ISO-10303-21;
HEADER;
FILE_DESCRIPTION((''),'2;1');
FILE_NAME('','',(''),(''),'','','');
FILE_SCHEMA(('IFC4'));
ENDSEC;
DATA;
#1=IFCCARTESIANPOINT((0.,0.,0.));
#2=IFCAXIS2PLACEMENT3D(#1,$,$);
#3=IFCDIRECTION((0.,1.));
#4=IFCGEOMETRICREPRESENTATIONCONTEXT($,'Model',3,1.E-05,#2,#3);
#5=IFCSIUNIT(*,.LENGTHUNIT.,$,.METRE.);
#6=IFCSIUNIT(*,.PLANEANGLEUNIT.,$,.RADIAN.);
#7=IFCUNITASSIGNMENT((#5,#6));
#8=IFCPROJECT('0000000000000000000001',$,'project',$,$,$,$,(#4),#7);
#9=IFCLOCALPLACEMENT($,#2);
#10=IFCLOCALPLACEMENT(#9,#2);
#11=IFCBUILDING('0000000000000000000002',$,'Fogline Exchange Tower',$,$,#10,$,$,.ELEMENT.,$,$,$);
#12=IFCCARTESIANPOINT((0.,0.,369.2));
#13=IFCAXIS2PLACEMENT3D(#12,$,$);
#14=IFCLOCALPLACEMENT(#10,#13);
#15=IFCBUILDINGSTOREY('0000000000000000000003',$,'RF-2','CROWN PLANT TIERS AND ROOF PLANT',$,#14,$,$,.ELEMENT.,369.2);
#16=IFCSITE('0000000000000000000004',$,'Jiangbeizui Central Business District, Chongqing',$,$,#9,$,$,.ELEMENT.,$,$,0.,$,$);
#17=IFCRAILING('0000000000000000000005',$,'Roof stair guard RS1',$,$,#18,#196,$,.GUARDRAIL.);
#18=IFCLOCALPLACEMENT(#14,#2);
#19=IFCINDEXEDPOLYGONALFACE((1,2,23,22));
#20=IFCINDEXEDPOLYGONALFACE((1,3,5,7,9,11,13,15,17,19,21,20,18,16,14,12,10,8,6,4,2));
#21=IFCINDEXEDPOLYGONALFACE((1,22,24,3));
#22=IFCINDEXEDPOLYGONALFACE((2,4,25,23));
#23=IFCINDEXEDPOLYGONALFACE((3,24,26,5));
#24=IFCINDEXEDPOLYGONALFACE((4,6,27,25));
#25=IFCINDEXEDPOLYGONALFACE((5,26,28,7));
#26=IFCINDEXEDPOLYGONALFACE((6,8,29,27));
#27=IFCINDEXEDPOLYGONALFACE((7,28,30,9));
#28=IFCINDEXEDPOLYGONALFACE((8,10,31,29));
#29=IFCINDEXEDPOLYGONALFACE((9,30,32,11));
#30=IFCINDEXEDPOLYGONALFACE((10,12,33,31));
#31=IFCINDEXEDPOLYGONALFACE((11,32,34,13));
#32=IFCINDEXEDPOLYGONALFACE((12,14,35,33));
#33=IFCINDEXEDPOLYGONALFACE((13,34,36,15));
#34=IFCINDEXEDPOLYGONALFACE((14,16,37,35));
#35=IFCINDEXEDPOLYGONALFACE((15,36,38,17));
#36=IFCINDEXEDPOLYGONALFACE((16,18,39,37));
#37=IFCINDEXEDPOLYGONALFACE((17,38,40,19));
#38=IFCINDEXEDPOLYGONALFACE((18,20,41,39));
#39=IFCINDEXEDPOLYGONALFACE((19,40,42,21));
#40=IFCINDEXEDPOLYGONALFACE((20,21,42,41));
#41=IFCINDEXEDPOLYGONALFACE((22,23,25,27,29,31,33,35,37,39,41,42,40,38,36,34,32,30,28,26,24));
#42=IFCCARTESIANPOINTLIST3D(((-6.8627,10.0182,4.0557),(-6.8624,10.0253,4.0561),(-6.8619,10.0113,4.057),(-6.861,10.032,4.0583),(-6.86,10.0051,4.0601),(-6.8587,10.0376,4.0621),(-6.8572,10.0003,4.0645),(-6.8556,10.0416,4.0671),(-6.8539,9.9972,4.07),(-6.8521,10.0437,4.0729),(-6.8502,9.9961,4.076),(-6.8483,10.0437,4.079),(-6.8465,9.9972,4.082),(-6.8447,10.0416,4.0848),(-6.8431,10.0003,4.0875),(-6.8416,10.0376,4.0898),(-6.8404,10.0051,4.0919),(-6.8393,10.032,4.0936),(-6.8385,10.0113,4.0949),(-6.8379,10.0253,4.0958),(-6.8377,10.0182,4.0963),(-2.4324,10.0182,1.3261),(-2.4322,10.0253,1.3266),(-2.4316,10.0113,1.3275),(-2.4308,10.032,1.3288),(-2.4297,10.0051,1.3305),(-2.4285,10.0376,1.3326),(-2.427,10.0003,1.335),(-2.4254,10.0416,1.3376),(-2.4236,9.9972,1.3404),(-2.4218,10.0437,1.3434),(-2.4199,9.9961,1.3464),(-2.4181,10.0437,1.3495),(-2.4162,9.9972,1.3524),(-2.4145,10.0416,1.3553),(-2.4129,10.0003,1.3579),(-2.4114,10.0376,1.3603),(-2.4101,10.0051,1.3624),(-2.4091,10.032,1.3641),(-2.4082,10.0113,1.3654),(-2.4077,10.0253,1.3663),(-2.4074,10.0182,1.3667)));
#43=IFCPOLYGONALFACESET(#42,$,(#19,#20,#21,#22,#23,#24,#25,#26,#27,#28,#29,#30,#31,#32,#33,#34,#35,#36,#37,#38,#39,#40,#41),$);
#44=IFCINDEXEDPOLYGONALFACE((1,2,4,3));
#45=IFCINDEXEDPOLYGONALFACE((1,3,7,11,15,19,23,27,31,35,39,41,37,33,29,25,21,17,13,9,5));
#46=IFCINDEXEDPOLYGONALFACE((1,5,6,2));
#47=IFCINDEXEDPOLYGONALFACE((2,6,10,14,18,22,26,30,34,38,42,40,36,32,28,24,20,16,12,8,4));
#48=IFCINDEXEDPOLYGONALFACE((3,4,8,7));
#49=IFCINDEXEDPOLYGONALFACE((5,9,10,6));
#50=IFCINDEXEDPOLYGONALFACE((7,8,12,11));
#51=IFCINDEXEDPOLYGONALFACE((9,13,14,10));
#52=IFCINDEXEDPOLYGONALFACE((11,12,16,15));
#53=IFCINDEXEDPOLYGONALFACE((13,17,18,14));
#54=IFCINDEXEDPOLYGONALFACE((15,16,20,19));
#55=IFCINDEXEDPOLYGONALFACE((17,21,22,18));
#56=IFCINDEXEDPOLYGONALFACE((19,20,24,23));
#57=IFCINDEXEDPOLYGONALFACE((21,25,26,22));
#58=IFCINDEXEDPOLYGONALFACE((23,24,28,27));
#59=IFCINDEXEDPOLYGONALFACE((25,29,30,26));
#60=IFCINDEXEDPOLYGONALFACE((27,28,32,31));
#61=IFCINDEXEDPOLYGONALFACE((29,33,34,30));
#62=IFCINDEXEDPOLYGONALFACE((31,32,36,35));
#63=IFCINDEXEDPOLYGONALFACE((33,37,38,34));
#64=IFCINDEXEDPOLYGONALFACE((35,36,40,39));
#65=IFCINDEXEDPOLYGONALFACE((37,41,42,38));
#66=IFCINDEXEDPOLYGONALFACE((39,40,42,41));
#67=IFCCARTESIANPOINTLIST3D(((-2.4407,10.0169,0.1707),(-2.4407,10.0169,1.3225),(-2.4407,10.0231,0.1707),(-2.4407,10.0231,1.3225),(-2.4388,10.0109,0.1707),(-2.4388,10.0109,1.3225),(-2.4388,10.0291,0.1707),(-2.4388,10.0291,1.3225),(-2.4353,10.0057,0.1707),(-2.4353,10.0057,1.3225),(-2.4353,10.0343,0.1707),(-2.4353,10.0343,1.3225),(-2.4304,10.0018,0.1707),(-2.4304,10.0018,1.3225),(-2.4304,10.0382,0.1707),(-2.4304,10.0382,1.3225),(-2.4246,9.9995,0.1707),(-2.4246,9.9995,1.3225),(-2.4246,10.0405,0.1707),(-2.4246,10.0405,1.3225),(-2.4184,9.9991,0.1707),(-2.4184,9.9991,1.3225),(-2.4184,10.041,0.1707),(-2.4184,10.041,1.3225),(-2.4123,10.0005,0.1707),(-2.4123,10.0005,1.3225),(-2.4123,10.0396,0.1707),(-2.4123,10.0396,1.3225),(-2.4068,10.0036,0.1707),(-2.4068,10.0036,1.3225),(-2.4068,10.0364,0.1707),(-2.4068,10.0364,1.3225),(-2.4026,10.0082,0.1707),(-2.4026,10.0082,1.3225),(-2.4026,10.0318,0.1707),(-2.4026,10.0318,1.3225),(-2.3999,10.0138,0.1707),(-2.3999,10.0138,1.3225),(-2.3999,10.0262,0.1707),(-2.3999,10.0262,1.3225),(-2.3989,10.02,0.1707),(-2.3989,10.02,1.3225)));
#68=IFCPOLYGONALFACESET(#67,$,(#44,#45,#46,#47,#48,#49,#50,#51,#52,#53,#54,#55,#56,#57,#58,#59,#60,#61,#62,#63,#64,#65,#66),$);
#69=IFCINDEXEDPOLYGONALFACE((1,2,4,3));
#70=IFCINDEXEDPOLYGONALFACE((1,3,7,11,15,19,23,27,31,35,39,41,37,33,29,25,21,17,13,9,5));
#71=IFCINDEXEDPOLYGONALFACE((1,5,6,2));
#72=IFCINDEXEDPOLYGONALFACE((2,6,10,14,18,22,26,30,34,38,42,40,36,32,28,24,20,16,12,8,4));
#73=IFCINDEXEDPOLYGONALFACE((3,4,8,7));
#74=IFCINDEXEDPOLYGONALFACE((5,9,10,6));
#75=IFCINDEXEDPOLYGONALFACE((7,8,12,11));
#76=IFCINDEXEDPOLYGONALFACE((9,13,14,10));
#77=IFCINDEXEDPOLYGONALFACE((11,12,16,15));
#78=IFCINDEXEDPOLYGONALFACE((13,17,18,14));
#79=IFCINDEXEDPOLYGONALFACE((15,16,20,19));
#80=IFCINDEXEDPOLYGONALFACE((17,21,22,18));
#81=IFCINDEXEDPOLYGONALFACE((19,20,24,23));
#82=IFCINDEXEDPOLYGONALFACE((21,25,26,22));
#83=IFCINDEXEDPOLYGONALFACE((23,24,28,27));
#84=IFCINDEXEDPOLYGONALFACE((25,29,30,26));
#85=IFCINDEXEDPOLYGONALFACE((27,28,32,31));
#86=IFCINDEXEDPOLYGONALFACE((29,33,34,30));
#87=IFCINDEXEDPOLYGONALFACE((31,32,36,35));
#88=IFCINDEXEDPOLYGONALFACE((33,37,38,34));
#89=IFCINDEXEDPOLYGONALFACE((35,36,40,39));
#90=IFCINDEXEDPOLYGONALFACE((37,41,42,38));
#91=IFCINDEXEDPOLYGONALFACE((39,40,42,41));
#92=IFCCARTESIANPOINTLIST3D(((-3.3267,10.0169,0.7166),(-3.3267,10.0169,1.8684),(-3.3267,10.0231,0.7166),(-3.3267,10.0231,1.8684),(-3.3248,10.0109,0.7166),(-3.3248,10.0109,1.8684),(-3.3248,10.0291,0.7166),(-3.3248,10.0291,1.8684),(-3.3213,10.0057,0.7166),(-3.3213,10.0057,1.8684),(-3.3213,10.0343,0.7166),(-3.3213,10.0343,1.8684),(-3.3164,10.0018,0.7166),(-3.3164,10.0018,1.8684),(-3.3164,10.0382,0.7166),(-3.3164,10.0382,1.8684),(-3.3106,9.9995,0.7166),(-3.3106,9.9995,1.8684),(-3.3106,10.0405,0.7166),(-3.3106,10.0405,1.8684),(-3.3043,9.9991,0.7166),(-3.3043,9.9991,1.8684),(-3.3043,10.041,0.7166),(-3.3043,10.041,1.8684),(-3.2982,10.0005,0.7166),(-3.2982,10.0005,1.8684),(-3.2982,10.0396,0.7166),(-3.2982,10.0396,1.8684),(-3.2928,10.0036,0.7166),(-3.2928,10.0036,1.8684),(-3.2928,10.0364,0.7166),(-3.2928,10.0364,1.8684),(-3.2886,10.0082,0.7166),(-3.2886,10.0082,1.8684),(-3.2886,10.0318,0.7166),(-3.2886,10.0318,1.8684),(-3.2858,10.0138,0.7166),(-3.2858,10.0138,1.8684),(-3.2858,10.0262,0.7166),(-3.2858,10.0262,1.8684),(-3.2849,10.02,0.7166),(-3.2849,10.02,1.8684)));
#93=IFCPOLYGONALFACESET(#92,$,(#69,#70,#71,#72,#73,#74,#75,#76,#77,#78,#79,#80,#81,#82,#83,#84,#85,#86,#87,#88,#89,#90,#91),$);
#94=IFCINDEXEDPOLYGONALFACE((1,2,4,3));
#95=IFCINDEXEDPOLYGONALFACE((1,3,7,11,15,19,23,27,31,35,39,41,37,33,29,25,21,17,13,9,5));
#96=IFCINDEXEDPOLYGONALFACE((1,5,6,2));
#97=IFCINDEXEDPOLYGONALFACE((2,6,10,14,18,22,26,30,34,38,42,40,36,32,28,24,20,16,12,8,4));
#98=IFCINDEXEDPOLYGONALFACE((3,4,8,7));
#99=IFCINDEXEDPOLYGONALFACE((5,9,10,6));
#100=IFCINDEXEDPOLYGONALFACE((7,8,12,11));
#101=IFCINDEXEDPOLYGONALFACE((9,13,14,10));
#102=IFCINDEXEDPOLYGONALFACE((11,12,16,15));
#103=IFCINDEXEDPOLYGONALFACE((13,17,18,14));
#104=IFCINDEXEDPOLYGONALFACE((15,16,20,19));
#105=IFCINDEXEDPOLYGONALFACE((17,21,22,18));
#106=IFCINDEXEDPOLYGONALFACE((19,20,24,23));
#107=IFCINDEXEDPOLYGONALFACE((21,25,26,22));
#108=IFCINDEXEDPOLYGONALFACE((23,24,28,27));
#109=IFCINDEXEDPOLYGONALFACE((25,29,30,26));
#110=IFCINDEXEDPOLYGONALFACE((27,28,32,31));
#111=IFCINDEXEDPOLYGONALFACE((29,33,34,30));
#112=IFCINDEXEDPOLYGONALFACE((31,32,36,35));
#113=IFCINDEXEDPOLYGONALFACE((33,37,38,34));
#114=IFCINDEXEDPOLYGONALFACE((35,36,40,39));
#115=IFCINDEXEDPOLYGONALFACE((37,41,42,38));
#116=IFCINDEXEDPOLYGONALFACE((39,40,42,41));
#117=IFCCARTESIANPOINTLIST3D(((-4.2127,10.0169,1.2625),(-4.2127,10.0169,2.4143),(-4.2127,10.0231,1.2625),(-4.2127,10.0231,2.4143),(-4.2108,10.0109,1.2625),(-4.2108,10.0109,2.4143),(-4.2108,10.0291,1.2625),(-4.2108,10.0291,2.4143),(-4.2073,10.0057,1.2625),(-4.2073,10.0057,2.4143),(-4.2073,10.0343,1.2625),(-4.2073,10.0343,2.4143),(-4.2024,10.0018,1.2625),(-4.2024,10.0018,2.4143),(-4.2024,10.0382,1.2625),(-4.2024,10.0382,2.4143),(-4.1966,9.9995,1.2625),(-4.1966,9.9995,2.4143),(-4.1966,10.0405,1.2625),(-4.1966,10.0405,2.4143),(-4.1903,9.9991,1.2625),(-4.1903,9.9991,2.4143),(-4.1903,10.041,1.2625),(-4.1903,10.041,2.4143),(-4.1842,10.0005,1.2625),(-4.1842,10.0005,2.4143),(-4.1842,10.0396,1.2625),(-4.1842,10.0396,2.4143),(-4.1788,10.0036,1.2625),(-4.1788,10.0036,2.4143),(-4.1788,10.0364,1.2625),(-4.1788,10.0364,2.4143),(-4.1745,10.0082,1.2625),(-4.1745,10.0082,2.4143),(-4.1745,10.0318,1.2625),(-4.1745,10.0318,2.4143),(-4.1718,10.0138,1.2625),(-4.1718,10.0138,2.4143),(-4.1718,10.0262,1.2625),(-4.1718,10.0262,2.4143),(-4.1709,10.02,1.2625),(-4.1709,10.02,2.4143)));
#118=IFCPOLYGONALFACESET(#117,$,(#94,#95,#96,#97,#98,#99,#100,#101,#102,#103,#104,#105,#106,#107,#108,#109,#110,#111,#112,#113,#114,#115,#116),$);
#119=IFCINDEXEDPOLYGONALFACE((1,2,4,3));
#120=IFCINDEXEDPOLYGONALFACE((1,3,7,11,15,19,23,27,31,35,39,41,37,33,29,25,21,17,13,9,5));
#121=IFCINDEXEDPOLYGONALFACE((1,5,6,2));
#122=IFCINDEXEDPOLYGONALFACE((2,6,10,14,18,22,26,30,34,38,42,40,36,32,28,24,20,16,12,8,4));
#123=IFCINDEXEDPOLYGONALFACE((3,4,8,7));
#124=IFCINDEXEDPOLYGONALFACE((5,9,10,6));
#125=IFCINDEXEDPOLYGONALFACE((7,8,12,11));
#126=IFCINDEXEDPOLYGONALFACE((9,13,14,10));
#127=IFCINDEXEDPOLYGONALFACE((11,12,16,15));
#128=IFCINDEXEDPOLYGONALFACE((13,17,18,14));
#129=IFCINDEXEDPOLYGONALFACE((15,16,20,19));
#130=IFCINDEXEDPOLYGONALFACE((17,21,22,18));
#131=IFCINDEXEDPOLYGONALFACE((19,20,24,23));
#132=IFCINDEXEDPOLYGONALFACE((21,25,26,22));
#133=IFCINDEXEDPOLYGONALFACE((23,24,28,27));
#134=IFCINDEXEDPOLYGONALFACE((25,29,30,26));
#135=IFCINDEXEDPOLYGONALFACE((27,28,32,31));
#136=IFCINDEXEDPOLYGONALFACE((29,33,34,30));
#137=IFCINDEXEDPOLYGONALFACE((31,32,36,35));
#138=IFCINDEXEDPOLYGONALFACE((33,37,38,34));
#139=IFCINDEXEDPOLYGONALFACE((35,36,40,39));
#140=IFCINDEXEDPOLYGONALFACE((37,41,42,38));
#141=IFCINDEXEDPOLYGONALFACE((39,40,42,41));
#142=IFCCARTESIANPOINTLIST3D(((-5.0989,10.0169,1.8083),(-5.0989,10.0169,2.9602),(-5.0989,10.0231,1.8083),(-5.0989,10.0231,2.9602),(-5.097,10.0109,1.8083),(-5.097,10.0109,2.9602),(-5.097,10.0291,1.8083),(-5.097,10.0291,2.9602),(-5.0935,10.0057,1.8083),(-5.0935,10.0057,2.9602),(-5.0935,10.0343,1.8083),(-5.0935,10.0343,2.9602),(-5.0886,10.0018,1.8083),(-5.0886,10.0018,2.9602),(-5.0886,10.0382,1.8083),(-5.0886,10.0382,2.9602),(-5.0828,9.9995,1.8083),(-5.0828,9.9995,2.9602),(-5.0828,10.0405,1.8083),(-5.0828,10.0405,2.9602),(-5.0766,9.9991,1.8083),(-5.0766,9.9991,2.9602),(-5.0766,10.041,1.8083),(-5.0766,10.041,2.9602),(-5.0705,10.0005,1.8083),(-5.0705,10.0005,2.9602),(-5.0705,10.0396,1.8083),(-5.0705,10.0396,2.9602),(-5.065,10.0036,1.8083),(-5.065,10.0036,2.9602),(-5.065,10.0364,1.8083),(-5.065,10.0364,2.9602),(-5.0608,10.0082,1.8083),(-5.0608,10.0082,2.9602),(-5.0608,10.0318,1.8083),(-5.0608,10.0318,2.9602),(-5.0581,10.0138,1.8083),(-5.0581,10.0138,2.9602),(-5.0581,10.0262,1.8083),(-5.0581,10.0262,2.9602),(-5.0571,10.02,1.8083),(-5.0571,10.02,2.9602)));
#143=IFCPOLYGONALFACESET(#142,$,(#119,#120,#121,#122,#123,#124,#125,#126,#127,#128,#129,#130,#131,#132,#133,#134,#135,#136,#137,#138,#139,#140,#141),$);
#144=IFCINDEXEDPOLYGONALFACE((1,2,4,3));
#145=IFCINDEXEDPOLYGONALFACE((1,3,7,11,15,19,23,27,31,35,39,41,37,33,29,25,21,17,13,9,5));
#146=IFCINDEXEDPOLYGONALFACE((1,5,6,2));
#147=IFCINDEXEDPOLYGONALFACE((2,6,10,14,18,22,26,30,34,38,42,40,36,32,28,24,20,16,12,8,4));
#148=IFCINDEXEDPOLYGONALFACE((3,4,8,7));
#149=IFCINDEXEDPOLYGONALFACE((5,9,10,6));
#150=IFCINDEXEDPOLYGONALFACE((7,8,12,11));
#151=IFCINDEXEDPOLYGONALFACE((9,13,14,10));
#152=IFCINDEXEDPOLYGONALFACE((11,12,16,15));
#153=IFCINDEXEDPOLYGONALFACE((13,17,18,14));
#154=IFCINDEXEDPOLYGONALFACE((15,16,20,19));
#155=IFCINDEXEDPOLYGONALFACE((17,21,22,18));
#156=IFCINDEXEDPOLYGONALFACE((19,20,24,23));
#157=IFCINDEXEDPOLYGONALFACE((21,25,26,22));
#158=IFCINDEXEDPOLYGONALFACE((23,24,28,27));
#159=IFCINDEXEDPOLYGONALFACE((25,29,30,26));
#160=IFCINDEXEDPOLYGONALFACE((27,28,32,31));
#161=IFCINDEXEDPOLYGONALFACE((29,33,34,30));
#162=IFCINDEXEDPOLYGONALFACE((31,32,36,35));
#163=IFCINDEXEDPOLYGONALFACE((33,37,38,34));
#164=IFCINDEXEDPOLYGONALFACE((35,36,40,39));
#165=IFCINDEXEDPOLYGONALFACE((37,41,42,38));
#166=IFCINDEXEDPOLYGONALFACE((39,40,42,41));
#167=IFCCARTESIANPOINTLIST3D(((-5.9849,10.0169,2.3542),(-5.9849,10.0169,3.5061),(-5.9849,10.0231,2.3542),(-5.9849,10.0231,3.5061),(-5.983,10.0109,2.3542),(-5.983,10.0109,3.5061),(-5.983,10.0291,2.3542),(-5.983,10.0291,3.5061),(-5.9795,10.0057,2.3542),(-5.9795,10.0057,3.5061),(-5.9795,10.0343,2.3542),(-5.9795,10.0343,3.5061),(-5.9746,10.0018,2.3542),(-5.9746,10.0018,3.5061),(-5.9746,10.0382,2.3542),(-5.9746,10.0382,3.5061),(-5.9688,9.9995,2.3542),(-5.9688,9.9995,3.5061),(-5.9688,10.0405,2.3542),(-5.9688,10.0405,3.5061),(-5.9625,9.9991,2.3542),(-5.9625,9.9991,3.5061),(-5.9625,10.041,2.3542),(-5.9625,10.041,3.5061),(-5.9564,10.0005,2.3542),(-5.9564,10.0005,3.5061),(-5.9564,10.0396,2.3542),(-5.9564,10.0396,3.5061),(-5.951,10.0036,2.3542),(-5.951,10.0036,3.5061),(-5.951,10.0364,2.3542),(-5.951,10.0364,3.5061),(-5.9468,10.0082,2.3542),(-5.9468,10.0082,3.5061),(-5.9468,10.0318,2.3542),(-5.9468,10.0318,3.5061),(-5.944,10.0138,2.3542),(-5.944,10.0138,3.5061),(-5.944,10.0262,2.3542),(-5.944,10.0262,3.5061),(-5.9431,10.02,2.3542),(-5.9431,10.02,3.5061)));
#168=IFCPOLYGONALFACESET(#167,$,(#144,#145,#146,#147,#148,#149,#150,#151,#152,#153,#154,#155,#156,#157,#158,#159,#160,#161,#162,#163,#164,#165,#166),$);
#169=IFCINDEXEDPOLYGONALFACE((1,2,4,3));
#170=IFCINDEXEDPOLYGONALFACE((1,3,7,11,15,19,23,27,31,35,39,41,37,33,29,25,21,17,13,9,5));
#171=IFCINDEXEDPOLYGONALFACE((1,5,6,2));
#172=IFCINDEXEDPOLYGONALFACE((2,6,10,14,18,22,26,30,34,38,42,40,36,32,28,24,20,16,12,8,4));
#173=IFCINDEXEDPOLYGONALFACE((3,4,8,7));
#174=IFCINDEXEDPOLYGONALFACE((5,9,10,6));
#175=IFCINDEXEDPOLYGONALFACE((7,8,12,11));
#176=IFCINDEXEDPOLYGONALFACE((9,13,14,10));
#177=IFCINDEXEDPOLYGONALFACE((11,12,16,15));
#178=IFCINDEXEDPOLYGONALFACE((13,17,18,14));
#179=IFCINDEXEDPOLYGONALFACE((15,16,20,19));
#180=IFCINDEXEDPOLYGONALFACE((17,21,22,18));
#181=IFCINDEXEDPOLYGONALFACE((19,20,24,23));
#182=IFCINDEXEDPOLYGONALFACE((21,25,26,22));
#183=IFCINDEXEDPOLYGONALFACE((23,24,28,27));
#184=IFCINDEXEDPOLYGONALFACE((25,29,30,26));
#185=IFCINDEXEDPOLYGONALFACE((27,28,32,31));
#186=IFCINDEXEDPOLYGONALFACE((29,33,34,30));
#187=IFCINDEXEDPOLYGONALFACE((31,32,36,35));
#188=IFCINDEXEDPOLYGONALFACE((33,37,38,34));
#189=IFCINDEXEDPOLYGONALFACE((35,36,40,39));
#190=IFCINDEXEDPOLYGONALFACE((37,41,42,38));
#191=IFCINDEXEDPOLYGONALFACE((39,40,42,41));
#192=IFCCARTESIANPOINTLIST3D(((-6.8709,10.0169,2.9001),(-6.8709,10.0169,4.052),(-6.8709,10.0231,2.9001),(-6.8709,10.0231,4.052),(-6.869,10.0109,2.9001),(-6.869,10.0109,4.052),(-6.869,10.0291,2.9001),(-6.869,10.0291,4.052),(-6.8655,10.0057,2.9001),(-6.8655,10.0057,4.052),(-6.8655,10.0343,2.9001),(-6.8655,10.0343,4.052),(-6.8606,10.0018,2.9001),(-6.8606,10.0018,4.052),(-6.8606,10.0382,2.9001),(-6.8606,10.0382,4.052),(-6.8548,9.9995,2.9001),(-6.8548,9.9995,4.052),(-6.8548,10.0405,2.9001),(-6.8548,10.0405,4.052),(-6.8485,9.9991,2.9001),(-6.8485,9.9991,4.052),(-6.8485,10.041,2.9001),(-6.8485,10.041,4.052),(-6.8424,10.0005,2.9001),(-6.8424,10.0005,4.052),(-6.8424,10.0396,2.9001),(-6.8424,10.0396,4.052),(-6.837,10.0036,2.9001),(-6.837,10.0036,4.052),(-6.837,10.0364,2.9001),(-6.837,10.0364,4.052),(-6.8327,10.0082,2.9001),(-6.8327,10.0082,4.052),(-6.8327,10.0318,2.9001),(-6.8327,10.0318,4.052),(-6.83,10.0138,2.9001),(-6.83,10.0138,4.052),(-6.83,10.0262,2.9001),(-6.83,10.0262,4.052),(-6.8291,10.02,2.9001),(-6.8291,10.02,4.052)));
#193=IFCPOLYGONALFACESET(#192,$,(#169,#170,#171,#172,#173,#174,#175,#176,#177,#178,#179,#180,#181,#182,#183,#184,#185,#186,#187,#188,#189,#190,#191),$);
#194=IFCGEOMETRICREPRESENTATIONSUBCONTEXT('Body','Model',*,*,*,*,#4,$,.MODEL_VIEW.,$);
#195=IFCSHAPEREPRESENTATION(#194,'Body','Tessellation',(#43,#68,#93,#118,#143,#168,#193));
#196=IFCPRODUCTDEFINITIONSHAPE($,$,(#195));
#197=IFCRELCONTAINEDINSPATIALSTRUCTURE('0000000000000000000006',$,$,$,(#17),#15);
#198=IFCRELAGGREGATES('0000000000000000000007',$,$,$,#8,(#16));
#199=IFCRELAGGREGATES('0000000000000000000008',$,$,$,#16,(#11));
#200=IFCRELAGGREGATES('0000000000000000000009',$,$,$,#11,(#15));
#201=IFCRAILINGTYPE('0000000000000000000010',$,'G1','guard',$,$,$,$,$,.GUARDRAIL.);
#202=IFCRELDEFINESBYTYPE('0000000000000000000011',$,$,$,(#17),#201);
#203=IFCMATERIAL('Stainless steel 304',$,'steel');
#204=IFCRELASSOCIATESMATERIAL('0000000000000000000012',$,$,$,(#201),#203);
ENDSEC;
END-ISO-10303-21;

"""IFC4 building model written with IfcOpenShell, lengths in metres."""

from ifc_helpers import new_model, si_unit, direction, frame, origin, origin_2d, place, context, subcontext, project, spatial, circle, extrude, material, type_object, element, save


model = new_model("IFC4")

# Units and contexts
model_context = context("Model", 3, precision=1e-05, world=origin(), true_north=direction((0.0, 1.0)))
body_context = subcontext(model_context, "Body", "Model", "MODEL_VIEW")
ifc_project = project(units=[si_unit("LENGTHUNIT", "METRE"), si_unit("PLANEANGLEUNIT", "RADIAN")], contexts=[model_context])

# Site, building, storey
site_placement = place(None, origin())
site = spatial("IfcSite", under=ifc_project, at=site_placement, Name="Jiangbeizui Central Business District, Chongqing", CompositionType="ELEMENT", RefElevation=0.0)
building_placement = place(site_placement, origin())
building = spatial("IfcBuilding", under=site, at=building_placement, Name="Fogline Exchange Tower", CompositionType="ELEMENT")
storey_placement = place(building_placement, frame((0.0, 0.0, 369.2)))
storey = spatial("IfcBuildingStorey", under=building, at=storey_placement, Name="RF-2", Description="CROWN PLANT TIERS AND ROOF PLANT", CompositionType="ELEMENT", Elevation=369.2)

# Railing
ifc_material_1 = material(Name="Stainless steel 304", Category="steel")
railing_type_1 = type_object("IfcRailingType", Name="G1", Description="guard", PredefinedType="GUARDRAIL", material=ifc_material_1)
railing_1_placement = place(storey_placement, frame((-2.4199, 10.02, 0.1707)))
element("IfcRailing", 1, at=railing_1_placement, inside=storey, type_object=railing_type_1, Name="Roof stair guard RS1", PredefinedType="GUARDRAIL", context=body_context, shape_type="SweptSolid", body=[
    extrude(circle(Radius=0.0239, at=origin_2d()), frame((0.0, 0.0, 1.1758), z_axis=(-0.851381, 0.0, 0.524548), x_axis=(0.0, -1.0, 0.0)), (0.0, 0.0, 1.0), 5.2036),
    extrude(circle(Radius=0.021, at=origin_2d()), origin(), (0.0, 0.0, 1.0), 1.1519),
    extrude(circle(Radius=0.021, at=origin_2d()), frame((-0.886, 0.0, 0.5459)), (0.0, 0.0, 1.0), 1.1519),
    extrude(circle(Radius=0.021, at=origin_2d()), frame((-1.772, 0.0, 1.0918)), (0.0, 0.0, 1.0), 1.1519),
    extrude(circle(Radius=0.021, at=origin_2d()), frame((-2.6582, 0.0, 1.6377)), (0.0, 0.0, 1.0), 1.1519),
    extrude(circle(Radius=0.021, at=origin_2d()), frame((-3.5442, 0.0, 2.1836)), (0.0, 0.0, 1.0), 1.1519),
    extrude(circle(Radius=0.021, at=origin_2d()), frame((-4.4302, 0.0, 2.7295)), (0.0, 0.0, 1.0), 1.1519),
])

save(model, "model.ifc")
